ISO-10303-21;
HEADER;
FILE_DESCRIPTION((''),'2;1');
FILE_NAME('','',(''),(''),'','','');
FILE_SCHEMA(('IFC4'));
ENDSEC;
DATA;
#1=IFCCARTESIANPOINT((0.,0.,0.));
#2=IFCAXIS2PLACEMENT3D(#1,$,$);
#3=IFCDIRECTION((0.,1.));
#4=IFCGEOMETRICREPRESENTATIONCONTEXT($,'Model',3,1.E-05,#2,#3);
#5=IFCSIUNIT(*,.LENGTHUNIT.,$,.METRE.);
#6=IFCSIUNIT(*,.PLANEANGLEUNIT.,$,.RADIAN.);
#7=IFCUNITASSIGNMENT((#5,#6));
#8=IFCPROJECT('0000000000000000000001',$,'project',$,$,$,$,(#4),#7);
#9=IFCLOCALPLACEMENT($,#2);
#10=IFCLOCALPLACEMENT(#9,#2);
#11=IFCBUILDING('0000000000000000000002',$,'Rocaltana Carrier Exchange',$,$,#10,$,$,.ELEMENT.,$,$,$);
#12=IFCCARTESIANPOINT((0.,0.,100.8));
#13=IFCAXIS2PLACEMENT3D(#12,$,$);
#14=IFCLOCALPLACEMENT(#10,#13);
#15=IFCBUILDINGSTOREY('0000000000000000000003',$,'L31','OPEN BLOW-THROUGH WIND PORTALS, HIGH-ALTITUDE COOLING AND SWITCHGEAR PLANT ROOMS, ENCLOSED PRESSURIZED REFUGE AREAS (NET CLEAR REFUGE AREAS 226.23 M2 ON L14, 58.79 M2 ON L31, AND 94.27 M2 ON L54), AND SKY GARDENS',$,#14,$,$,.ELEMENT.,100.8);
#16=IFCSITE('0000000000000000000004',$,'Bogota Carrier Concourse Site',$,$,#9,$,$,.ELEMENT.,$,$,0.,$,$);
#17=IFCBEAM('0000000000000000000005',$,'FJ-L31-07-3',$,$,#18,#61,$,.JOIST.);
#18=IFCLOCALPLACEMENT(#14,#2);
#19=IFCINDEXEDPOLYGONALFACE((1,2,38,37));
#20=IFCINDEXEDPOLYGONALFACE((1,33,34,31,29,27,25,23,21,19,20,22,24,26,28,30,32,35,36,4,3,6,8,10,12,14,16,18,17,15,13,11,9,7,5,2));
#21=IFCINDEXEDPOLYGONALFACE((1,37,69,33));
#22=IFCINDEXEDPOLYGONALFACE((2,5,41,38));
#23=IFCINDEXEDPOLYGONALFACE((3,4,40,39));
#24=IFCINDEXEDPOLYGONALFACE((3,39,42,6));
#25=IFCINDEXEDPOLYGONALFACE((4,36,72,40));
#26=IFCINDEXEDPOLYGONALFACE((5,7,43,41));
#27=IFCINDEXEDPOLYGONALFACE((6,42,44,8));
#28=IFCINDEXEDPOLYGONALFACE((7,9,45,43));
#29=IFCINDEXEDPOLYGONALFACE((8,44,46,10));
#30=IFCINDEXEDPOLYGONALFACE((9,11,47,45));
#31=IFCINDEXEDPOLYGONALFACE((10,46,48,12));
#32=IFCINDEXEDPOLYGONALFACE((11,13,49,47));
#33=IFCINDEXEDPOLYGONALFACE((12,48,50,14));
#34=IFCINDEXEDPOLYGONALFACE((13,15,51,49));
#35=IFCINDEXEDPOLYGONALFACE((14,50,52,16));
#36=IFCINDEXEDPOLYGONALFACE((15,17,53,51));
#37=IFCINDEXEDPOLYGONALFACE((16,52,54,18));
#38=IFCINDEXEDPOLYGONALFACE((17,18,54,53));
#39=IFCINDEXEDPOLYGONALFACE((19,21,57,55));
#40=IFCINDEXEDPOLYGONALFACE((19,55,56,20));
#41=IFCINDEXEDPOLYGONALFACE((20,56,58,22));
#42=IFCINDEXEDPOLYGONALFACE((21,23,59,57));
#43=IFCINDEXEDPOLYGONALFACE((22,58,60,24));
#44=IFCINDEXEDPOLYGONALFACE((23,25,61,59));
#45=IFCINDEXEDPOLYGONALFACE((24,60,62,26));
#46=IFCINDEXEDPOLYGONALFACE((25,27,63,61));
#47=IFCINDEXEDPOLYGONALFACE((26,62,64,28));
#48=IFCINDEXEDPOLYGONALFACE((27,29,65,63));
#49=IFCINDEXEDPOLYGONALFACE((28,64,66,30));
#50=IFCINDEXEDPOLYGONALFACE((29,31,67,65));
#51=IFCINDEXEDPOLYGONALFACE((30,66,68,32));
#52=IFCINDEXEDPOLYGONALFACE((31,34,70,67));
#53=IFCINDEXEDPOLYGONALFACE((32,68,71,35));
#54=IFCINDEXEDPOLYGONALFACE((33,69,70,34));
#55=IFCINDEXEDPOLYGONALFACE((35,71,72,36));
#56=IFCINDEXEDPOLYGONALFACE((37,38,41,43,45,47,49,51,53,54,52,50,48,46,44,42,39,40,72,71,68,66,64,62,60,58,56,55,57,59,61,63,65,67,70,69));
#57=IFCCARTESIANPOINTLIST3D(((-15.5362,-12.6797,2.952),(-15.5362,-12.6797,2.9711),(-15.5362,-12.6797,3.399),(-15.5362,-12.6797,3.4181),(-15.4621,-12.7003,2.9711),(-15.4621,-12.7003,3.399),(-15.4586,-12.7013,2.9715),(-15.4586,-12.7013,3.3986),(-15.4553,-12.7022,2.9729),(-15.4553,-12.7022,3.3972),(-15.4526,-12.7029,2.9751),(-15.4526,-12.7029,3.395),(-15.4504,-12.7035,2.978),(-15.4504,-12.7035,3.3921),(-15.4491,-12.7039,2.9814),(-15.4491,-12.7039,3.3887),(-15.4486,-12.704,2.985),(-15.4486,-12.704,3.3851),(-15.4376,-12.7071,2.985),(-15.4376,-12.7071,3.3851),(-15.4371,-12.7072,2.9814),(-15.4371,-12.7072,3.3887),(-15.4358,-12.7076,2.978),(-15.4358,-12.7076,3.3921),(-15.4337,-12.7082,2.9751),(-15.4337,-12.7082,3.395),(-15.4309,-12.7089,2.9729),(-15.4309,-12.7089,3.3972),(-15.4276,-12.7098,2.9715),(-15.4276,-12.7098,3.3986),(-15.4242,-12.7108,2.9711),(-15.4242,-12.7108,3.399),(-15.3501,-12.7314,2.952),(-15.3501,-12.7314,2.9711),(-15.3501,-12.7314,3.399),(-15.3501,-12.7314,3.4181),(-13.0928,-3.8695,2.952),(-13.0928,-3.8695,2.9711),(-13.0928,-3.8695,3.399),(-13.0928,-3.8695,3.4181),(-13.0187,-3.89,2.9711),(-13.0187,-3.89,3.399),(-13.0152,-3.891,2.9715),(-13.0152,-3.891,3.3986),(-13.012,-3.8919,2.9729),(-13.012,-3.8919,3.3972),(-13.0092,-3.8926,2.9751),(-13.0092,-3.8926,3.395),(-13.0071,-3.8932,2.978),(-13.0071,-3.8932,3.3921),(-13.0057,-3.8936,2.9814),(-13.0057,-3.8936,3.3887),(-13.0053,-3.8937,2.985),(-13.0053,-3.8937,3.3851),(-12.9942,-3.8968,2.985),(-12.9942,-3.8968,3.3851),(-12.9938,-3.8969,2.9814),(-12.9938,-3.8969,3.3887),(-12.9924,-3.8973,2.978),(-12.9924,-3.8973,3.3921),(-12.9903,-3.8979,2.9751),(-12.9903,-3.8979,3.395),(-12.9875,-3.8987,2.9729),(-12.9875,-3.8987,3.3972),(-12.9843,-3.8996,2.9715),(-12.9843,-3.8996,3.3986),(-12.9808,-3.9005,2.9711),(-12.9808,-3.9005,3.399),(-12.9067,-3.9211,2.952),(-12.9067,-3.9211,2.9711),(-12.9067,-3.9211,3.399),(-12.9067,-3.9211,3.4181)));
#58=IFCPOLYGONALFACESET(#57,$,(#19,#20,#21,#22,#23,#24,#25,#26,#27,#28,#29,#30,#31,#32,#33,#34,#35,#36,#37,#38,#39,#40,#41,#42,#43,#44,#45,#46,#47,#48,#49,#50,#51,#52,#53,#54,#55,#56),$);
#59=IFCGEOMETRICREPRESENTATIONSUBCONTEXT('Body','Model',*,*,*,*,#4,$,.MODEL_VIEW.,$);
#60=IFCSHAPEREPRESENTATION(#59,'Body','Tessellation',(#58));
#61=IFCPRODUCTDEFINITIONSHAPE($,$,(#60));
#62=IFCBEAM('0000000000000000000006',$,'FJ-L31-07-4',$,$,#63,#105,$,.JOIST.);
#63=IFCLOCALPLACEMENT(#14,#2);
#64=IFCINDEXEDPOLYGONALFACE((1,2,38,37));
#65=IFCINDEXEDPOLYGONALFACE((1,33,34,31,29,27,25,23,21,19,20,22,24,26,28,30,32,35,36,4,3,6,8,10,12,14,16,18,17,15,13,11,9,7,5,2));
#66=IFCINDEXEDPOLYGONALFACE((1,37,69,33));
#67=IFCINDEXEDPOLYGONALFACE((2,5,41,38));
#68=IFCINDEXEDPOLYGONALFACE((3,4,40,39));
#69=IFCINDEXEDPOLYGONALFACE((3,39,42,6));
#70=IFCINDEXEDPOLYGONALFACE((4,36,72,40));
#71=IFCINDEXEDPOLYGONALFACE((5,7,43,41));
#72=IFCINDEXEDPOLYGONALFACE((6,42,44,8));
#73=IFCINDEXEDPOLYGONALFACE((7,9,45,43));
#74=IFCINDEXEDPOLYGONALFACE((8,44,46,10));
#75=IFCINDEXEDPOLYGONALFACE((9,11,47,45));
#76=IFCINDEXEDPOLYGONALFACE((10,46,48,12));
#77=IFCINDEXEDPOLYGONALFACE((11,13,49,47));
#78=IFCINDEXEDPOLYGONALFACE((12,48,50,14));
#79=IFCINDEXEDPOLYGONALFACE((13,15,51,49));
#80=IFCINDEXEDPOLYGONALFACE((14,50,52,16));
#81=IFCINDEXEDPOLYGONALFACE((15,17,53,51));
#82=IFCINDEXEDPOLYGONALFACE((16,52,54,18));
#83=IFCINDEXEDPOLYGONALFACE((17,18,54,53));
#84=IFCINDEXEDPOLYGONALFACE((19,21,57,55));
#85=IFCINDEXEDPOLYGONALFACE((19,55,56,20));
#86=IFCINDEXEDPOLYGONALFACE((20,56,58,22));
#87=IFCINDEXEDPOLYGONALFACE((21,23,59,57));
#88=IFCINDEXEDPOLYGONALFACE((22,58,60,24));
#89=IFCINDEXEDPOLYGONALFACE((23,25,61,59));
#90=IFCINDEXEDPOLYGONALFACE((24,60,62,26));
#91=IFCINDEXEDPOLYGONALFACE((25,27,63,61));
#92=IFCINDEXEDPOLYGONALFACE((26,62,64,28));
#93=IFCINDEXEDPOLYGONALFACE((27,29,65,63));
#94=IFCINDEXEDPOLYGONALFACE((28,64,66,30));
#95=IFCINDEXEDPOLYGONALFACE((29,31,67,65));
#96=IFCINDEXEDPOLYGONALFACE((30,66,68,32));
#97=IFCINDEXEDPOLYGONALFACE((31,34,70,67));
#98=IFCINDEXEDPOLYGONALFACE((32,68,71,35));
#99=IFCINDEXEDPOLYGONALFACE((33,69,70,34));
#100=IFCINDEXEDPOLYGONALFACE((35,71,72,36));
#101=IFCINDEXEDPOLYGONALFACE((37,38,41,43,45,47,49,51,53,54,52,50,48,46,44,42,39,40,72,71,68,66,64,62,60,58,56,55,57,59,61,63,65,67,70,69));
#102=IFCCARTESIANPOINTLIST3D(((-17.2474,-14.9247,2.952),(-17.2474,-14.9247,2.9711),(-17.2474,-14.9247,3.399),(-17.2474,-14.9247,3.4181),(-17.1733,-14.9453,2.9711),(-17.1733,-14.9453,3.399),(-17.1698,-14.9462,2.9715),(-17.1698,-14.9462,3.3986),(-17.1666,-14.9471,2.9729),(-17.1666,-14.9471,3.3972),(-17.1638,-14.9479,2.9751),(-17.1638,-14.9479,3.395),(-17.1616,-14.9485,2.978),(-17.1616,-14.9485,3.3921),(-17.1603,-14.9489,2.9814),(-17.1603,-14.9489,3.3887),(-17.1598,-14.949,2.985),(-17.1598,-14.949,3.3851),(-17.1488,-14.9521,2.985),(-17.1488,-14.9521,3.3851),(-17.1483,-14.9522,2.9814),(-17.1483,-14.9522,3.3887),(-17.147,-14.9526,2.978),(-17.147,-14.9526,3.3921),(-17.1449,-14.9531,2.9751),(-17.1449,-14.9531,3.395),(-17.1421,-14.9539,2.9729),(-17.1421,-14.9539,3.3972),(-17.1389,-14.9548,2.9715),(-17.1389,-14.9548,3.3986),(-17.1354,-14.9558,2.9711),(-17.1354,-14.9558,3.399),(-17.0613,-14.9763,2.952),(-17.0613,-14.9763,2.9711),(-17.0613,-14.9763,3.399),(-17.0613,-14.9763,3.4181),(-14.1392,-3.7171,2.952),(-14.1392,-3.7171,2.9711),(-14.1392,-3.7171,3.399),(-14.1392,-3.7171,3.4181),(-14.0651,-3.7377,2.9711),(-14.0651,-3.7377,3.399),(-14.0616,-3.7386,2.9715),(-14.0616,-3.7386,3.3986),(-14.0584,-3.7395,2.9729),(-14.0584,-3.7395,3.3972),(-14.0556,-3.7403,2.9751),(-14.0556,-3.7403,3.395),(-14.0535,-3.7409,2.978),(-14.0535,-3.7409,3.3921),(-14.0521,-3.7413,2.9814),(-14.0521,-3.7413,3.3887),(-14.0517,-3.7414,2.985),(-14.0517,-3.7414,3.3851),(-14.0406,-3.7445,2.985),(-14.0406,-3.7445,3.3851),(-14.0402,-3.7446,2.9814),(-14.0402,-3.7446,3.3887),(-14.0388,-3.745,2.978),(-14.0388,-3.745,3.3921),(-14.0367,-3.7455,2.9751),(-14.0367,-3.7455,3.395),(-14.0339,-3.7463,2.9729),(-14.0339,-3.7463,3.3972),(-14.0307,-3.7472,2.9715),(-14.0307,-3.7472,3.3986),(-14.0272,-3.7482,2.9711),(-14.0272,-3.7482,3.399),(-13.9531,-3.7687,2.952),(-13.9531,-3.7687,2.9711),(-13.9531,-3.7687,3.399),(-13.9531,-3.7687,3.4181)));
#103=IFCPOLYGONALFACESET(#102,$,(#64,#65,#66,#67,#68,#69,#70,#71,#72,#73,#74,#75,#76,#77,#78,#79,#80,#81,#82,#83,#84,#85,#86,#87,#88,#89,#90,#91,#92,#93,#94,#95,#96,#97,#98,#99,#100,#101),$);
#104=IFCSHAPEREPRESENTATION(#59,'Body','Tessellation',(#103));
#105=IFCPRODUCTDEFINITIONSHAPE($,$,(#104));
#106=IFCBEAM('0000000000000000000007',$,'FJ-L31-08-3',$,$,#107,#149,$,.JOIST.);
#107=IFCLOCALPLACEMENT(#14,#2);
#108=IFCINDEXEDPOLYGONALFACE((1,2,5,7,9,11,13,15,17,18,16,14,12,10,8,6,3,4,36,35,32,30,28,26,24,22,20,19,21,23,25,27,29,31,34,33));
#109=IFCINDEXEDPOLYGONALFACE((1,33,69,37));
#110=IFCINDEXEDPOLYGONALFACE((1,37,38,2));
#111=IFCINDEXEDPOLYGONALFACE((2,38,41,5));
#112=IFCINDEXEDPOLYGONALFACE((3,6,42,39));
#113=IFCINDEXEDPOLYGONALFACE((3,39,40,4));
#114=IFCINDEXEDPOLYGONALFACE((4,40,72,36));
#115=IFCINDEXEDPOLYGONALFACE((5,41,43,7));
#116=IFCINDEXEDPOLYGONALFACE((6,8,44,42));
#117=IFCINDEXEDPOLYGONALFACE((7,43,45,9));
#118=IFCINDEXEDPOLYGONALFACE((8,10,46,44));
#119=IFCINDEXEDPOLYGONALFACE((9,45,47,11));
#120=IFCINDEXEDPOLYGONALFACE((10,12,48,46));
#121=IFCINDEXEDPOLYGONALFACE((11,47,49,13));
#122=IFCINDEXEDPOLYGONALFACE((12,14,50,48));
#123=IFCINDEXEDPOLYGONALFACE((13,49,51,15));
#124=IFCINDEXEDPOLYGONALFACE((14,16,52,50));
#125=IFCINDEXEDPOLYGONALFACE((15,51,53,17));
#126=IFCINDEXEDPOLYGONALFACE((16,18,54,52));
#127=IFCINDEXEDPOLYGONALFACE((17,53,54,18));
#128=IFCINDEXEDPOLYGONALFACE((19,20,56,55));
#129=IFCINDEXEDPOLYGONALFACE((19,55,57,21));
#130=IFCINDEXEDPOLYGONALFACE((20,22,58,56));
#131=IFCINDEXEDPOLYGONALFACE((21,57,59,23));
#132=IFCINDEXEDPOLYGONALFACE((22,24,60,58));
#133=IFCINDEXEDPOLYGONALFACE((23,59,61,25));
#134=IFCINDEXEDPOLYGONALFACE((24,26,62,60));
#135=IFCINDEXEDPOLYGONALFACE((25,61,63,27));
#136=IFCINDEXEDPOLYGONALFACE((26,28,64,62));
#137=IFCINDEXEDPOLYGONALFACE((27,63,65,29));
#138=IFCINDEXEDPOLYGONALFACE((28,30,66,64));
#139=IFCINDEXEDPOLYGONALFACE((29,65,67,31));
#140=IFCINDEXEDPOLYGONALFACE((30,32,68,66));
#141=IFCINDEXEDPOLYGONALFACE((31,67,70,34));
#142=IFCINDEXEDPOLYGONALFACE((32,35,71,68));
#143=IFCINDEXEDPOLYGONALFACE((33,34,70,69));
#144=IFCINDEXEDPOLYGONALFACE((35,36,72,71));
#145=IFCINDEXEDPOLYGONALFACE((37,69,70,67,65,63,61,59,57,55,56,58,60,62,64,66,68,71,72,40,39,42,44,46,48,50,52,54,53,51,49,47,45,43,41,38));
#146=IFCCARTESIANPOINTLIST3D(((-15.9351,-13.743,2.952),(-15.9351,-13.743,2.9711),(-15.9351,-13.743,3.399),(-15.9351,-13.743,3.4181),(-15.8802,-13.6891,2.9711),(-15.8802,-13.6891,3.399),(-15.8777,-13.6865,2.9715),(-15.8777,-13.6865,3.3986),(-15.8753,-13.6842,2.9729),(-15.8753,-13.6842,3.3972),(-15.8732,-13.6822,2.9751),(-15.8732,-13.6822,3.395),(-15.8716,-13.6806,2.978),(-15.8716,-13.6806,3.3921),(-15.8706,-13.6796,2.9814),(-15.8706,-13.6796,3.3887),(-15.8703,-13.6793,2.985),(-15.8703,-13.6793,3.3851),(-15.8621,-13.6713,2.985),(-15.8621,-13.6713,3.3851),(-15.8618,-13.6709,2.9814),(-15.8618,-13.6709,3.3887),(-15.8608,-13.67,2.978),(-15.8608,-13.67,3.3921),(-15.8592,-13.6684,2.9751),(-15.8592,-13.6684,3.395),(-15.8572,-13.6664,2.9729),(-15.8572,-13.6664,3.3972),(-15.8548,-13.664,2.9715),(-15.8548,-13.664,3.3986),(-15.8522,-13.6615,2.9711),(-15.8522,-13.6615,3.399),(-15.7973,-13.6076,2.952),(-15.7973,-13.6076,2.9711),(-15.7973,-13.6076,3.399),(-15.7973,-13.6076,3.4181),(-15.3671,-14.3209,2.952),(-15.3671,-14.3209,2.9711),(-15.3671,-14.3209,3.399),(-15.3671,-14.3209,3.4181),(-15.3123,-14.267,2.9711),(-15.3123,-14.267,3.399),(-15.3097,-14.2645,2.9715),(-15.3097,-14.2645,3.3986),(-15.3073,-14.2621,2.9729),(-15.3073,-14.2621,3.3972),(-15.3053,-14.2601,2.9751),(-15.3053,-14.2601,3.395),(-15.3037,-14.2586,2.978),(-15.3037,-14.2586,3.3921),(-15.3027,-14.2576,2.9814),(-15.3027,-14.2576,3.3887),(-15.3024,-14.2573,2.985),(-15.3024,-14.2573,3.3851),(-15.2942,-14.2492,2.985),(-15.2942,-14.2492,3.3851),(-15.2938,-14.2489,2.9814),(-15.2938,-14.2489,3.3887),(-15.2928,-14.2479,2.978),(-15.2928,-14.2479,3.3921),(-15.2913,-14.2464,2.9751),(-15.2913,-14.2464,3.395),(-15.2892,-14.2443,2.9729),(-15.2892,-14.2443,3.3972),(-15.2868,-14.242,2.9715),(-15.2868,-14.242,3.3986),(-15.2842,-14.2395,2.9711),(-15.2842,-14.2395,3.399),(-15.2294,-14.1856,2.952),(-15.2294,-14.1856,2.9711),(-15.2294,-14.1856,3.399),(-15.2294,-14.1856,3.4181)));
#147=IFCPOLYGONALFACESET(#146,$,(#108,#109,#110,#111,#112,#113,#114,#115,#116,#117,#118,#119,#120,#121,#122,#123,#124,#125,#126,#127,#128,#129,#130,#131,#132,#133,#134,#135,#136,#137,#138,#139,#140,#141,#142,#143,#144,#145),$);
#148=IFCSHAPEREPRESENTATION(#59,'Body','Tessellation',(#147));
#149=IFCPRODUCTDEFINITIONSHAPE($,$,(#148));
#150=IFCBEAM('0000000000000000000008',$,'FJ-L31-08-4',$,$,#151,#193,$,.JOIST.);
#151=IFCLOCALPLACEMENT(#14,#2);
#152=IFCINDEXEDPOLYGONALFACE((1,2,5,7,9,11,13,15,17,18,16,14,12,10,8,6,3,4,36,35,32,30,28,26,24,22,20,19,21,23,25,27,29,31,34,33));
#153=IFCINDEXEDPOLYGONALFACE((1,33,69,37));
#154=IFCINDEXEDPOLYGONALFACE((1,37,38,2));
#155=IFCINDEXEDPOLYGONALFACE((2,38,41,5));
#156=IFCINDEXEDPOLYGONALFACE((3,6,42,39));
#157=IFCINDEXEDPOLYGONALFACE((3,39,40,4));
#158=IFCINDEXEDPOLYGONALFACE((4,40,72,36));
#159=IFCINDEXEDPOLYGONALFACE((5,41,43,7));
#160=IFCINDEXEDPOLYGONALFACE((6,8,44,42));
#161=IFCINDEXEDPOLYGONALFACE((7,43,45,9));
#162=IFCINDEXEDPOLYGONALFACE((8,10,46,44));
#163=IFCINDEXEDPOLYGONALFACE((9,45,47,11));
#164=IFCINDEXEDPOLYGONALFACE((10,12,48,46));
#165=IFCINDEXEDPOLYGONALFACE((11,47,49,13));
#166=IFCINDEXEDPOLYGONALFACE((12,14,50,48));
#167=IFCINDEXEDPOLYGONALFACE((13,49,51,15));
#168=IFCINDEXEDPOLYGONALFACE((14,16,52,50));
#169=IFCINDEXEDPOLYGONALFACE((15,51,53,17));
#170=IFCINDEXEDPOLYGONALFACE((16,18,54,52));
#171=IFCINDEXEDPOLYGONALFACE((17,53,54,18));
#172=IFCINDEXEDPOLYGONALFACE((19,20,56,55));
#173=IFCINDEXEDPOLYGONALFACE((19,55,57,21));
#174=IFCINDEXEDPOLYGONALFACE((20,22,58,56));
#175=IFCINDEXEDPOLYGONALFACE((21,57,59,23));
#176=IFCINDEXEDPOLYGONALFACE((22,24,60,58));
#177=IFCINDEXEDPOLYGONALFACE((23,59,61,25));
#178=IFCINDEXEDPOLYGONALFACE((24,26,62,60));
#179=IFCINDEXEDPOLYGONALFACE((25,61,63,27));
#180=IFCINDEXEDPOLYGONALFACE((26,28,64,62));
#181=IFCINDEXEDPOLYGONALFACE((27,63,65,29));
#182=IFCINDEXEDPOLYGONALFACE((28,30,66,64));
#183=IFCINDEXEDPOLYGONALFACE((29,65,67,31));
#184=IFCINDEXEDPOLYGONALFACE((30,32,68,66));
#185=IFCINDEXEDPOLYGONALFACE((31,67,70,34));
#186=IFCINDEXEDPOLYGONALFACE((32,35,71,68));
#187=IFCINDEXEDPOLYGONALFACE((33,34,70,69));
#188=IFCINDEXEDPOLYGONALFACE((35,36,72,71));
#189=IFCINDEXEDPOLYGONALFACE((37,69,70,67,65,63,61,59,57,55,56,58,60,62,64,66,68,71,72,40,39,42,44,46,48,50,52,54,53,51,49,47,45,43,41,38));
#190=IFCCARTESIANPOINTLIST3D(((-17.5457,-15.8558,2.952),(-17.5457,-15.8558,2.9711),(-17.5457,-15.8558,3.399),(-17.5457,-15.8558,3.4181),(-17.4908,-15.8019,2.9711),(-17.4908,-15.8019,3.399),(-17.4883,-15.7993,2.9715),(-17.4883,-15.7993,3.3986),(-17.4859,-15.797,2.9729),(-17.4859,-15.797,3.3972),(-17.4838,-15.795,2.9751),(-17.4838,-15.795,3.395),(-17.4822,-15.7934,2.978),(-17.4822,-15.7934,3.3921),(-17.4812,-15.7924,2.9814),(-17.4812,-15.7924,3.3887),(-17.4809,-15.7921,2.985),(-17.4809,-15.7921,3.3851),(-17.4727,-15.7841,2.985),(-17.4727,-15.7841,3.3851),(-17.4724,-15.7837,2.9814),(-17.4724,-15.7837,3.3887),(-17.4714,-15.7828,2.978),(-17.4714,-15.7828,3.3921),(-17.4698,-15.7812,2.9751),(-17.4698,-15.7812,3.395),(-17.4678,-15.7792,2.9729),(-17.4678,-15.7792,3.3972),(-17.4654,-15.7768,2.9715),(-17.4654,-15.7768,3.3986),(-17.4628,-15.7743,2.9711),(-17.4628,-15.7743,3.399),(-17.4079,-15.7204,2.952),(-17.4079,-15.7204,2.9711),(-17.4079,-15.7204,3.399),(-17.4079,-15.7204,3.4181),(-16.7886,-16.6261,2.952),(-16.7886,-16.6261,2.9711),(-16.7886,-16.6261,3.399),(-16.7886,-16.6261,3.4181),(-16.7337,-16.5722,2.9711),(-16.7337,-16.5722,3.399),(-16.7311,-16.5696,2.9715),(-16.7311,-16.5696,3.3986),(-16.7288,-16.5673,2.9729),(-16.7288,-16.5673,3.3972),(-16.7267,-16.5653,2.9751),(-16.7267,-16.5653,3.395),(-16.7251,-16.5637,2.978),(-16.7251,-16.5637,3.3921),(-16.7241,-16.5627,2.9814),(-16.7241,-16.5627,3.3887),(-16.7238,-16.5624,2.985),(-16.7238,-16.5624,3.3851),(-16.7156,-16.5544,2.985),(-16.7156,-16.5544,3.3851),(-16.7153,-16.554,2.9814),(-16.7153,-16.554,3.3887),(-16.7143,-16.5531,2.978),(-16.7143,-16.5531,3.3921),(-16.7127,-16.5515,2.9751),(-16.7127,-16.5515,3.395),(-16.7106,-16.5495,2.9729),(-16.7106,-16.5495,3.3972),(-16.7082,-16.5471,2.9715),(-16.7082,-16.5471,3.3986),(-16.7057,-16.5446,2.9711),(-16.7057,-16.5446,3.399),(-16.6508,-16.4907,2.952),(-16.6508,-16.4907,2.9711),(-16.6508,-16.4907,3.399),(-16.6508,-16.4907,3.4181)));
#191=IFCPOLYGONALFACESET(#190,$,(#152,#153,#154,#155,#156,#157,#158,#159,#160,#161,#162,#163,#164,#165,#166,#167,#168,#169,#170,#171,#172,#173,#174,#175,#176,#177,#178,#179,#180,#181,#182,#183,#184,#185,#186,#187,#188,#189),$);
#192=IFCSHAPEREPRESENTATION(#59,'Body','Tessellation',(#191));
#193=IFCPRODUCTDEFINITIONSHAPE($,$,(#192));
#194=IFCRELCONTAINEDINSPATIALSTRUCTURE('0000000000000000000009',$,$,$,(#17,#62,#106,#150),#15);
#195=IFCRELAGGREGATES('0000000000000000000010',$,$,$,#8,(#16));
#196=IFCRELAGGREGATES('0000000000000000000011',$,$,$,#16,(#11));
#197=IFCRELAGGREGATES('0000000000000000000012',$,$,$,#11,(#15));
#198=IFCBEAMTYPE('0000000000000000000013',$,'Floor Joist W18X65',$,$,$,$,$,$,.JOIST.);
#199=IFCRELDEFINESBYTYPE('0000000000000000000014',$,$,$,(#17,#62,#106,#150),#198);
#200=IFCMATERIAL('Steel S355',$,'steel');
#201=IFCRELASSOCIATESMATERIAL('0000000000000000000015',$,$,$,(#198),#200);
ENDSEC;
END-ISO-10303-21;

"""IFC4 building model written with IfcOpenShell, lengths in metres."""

from ifc_helpers import new_model, si_unit, direction, frame, origin, origin_2d, place, context, subcontext, project, spatial, i_section, extrude, material, material_profile, profile_set, type_object, element, save


model = new_model("IFC4")

# Units and contexts
model_context = context("Model", 3, precision=1e-05, world=origin(), true_north=direction((0.0, 1.0)))
body_context = subcontext(model_context, "Body", "Model", "MODEL_VIEW")
ifc_project = project(units=[si_unit("LENGTHUNIT", "METRE"), si_unit("PLANEANGLEUNIT", "RADIAN")], contexts=[model_context])

# Site, building, storey
site_placement = place(None, origin())
site = spatial("IfcSite", under=ifc_project, at=site_placement, Name="Bogota Carrier Concourse Site", CompositionType="ELEMENT", RefElevation=0.0)
building_placement = place(site_placement, origin())
building = spatial("IfcBuilding", under=site, at=building_placement, Name="Rocaltana Carrier Exchange", CompositionType="ELEMENT")
storey_placement = place(building_placement, frame((0.0, 0.0, 100.8)))
storey = spatial("IfcBuildingStorey", under=building, at=storey_placement, Name="L31", Description="OPEN BLOW-THROUGH WIND PORTALS, HIGH-ALTITUDE COOLING AND SWITCHGEAR PLANT ROOMS, ENCLOSED PRESSURIZED REFUGE AREAS (NET CLEAR REFUGE AREAS 226.23 M2 ON L14, 58.79 M2 ON L31, AND 94.27 M2 ON L54), AND SKY GARDENS", CompositionType="ELEMENT", Elevation=100.8)

# Beams
ifc_material_1 = material(Name="Steel S355", Category="steel")
ifc_material_profile_1 = material_profile(ifc_material_1, i_section(OverallWidth=0.1931, OverallDepth=0.4661, WebThickness=0.0115, FlangeThickness=0.019, FilletRadius=0.0139, at=origin_2d()), Name="W18X65")
ifc_profile_set_1 = profile_set([ifc_material_profile_1], Name="Steel S355")
beam_type_1 = type_object("IfcBeamType", Name="Floor Joist W18X65", PredefinedType="JOIST", material=ifc_profile_set_1)
beam_1_placement = place(storey_placement, frame((-12.9998, -3.8953, 3.1851), z_axis=(-0.267243, -0.963629, 0.0), x_axis=(0.963629, -0.267243, 0.0)))
element("IfcBeam", 1, at=beam_1_placement, inside=storey, type_object=beam_type_1, Name="FJ-L31-07-3", PredefinedType="JOIST", context=body_context, shape_type="SweptSolid", body=[
    extrude(i_section(OverallWidth=0.1931, OverallDepth=0.4661, WebThickness=0.0115, FlangeThickness=0.019, FilletRadius=0.0139, at=origin_2d()), origin(), (0.0, 0.0, 1.0), 9.1428),
])
beam_2_placement = place(storey_placement, frame((-14.0461, -3.7429, 3.1851), z_axis=(-0.267241, -0.96363, 0.0), x_axis=(0.96363, -0.267241, 0.0)))
element("IfcBeam", 2, at=beam_2_placement, inside=storey, type_object=beam_type_1, Name="FJ-L31-07-4", PredefinedType="JOIST", context=body_context, shape_type="SweptSolid", body=[
    extrude(i_section(OverallWidth=0.1931, OverallDepth=0.4661, WebThickness=0.0115, FlangeThickness=0.019, FilletRadius=0.0139, at=origin_2d()), origin(), (0.0, 0.0, 1.0), 11.6306),
])
beam_3_placement = place(storey_placement, frame((-15.8662, -13.6753, 3.1851), z_axis=(0.700902, -0.713257, 0.0), x_axis=(0.713257, 0.700902, 0.0)))
element("IfcBeam", 3, at=beam_3_placement, inside=storey, type_object=beam_type_1, Name="FJ-L31-08-3", PredefinedType="JOIST", context=body_context, shape_type="SweptSolid", body=[
    extrude(i_section(OverallWidth=0.1931, OverallDepth=0.4661, WebThickness=0.0115, FlangeThickness=0.019, FilletRadius=0.0139, at=origin_2d()), origin(), (0.0, 0.0, 1.0), 0.8103),
])
beam_4_placement = place(storey_placement, frame((-17.4768, -15.7881, 3.1851), z_axis=(0.700977, -0.713184, 0.0), x_axis=(0.713184, 0.700977, 0.0)))
element("IfcBeam", 4, at=beam_4_placement, inside=storey, type_object=beam_type_1, Name="FJ-L31-08-4", PredefinedType="JOIST", context=body_context, shape_type="SweptSolid", body=[
    extrude(i_section(OverallWidth=0.1931, OverallDepth=0.4661, WebThickness=0.0115, FlangeThickness=0.019, FilletRadius=0.0139, at=origin_2d()), origin(), (0.0, 0.0, 1.0), 1.0801),
])

save(model, "model.ifc")
